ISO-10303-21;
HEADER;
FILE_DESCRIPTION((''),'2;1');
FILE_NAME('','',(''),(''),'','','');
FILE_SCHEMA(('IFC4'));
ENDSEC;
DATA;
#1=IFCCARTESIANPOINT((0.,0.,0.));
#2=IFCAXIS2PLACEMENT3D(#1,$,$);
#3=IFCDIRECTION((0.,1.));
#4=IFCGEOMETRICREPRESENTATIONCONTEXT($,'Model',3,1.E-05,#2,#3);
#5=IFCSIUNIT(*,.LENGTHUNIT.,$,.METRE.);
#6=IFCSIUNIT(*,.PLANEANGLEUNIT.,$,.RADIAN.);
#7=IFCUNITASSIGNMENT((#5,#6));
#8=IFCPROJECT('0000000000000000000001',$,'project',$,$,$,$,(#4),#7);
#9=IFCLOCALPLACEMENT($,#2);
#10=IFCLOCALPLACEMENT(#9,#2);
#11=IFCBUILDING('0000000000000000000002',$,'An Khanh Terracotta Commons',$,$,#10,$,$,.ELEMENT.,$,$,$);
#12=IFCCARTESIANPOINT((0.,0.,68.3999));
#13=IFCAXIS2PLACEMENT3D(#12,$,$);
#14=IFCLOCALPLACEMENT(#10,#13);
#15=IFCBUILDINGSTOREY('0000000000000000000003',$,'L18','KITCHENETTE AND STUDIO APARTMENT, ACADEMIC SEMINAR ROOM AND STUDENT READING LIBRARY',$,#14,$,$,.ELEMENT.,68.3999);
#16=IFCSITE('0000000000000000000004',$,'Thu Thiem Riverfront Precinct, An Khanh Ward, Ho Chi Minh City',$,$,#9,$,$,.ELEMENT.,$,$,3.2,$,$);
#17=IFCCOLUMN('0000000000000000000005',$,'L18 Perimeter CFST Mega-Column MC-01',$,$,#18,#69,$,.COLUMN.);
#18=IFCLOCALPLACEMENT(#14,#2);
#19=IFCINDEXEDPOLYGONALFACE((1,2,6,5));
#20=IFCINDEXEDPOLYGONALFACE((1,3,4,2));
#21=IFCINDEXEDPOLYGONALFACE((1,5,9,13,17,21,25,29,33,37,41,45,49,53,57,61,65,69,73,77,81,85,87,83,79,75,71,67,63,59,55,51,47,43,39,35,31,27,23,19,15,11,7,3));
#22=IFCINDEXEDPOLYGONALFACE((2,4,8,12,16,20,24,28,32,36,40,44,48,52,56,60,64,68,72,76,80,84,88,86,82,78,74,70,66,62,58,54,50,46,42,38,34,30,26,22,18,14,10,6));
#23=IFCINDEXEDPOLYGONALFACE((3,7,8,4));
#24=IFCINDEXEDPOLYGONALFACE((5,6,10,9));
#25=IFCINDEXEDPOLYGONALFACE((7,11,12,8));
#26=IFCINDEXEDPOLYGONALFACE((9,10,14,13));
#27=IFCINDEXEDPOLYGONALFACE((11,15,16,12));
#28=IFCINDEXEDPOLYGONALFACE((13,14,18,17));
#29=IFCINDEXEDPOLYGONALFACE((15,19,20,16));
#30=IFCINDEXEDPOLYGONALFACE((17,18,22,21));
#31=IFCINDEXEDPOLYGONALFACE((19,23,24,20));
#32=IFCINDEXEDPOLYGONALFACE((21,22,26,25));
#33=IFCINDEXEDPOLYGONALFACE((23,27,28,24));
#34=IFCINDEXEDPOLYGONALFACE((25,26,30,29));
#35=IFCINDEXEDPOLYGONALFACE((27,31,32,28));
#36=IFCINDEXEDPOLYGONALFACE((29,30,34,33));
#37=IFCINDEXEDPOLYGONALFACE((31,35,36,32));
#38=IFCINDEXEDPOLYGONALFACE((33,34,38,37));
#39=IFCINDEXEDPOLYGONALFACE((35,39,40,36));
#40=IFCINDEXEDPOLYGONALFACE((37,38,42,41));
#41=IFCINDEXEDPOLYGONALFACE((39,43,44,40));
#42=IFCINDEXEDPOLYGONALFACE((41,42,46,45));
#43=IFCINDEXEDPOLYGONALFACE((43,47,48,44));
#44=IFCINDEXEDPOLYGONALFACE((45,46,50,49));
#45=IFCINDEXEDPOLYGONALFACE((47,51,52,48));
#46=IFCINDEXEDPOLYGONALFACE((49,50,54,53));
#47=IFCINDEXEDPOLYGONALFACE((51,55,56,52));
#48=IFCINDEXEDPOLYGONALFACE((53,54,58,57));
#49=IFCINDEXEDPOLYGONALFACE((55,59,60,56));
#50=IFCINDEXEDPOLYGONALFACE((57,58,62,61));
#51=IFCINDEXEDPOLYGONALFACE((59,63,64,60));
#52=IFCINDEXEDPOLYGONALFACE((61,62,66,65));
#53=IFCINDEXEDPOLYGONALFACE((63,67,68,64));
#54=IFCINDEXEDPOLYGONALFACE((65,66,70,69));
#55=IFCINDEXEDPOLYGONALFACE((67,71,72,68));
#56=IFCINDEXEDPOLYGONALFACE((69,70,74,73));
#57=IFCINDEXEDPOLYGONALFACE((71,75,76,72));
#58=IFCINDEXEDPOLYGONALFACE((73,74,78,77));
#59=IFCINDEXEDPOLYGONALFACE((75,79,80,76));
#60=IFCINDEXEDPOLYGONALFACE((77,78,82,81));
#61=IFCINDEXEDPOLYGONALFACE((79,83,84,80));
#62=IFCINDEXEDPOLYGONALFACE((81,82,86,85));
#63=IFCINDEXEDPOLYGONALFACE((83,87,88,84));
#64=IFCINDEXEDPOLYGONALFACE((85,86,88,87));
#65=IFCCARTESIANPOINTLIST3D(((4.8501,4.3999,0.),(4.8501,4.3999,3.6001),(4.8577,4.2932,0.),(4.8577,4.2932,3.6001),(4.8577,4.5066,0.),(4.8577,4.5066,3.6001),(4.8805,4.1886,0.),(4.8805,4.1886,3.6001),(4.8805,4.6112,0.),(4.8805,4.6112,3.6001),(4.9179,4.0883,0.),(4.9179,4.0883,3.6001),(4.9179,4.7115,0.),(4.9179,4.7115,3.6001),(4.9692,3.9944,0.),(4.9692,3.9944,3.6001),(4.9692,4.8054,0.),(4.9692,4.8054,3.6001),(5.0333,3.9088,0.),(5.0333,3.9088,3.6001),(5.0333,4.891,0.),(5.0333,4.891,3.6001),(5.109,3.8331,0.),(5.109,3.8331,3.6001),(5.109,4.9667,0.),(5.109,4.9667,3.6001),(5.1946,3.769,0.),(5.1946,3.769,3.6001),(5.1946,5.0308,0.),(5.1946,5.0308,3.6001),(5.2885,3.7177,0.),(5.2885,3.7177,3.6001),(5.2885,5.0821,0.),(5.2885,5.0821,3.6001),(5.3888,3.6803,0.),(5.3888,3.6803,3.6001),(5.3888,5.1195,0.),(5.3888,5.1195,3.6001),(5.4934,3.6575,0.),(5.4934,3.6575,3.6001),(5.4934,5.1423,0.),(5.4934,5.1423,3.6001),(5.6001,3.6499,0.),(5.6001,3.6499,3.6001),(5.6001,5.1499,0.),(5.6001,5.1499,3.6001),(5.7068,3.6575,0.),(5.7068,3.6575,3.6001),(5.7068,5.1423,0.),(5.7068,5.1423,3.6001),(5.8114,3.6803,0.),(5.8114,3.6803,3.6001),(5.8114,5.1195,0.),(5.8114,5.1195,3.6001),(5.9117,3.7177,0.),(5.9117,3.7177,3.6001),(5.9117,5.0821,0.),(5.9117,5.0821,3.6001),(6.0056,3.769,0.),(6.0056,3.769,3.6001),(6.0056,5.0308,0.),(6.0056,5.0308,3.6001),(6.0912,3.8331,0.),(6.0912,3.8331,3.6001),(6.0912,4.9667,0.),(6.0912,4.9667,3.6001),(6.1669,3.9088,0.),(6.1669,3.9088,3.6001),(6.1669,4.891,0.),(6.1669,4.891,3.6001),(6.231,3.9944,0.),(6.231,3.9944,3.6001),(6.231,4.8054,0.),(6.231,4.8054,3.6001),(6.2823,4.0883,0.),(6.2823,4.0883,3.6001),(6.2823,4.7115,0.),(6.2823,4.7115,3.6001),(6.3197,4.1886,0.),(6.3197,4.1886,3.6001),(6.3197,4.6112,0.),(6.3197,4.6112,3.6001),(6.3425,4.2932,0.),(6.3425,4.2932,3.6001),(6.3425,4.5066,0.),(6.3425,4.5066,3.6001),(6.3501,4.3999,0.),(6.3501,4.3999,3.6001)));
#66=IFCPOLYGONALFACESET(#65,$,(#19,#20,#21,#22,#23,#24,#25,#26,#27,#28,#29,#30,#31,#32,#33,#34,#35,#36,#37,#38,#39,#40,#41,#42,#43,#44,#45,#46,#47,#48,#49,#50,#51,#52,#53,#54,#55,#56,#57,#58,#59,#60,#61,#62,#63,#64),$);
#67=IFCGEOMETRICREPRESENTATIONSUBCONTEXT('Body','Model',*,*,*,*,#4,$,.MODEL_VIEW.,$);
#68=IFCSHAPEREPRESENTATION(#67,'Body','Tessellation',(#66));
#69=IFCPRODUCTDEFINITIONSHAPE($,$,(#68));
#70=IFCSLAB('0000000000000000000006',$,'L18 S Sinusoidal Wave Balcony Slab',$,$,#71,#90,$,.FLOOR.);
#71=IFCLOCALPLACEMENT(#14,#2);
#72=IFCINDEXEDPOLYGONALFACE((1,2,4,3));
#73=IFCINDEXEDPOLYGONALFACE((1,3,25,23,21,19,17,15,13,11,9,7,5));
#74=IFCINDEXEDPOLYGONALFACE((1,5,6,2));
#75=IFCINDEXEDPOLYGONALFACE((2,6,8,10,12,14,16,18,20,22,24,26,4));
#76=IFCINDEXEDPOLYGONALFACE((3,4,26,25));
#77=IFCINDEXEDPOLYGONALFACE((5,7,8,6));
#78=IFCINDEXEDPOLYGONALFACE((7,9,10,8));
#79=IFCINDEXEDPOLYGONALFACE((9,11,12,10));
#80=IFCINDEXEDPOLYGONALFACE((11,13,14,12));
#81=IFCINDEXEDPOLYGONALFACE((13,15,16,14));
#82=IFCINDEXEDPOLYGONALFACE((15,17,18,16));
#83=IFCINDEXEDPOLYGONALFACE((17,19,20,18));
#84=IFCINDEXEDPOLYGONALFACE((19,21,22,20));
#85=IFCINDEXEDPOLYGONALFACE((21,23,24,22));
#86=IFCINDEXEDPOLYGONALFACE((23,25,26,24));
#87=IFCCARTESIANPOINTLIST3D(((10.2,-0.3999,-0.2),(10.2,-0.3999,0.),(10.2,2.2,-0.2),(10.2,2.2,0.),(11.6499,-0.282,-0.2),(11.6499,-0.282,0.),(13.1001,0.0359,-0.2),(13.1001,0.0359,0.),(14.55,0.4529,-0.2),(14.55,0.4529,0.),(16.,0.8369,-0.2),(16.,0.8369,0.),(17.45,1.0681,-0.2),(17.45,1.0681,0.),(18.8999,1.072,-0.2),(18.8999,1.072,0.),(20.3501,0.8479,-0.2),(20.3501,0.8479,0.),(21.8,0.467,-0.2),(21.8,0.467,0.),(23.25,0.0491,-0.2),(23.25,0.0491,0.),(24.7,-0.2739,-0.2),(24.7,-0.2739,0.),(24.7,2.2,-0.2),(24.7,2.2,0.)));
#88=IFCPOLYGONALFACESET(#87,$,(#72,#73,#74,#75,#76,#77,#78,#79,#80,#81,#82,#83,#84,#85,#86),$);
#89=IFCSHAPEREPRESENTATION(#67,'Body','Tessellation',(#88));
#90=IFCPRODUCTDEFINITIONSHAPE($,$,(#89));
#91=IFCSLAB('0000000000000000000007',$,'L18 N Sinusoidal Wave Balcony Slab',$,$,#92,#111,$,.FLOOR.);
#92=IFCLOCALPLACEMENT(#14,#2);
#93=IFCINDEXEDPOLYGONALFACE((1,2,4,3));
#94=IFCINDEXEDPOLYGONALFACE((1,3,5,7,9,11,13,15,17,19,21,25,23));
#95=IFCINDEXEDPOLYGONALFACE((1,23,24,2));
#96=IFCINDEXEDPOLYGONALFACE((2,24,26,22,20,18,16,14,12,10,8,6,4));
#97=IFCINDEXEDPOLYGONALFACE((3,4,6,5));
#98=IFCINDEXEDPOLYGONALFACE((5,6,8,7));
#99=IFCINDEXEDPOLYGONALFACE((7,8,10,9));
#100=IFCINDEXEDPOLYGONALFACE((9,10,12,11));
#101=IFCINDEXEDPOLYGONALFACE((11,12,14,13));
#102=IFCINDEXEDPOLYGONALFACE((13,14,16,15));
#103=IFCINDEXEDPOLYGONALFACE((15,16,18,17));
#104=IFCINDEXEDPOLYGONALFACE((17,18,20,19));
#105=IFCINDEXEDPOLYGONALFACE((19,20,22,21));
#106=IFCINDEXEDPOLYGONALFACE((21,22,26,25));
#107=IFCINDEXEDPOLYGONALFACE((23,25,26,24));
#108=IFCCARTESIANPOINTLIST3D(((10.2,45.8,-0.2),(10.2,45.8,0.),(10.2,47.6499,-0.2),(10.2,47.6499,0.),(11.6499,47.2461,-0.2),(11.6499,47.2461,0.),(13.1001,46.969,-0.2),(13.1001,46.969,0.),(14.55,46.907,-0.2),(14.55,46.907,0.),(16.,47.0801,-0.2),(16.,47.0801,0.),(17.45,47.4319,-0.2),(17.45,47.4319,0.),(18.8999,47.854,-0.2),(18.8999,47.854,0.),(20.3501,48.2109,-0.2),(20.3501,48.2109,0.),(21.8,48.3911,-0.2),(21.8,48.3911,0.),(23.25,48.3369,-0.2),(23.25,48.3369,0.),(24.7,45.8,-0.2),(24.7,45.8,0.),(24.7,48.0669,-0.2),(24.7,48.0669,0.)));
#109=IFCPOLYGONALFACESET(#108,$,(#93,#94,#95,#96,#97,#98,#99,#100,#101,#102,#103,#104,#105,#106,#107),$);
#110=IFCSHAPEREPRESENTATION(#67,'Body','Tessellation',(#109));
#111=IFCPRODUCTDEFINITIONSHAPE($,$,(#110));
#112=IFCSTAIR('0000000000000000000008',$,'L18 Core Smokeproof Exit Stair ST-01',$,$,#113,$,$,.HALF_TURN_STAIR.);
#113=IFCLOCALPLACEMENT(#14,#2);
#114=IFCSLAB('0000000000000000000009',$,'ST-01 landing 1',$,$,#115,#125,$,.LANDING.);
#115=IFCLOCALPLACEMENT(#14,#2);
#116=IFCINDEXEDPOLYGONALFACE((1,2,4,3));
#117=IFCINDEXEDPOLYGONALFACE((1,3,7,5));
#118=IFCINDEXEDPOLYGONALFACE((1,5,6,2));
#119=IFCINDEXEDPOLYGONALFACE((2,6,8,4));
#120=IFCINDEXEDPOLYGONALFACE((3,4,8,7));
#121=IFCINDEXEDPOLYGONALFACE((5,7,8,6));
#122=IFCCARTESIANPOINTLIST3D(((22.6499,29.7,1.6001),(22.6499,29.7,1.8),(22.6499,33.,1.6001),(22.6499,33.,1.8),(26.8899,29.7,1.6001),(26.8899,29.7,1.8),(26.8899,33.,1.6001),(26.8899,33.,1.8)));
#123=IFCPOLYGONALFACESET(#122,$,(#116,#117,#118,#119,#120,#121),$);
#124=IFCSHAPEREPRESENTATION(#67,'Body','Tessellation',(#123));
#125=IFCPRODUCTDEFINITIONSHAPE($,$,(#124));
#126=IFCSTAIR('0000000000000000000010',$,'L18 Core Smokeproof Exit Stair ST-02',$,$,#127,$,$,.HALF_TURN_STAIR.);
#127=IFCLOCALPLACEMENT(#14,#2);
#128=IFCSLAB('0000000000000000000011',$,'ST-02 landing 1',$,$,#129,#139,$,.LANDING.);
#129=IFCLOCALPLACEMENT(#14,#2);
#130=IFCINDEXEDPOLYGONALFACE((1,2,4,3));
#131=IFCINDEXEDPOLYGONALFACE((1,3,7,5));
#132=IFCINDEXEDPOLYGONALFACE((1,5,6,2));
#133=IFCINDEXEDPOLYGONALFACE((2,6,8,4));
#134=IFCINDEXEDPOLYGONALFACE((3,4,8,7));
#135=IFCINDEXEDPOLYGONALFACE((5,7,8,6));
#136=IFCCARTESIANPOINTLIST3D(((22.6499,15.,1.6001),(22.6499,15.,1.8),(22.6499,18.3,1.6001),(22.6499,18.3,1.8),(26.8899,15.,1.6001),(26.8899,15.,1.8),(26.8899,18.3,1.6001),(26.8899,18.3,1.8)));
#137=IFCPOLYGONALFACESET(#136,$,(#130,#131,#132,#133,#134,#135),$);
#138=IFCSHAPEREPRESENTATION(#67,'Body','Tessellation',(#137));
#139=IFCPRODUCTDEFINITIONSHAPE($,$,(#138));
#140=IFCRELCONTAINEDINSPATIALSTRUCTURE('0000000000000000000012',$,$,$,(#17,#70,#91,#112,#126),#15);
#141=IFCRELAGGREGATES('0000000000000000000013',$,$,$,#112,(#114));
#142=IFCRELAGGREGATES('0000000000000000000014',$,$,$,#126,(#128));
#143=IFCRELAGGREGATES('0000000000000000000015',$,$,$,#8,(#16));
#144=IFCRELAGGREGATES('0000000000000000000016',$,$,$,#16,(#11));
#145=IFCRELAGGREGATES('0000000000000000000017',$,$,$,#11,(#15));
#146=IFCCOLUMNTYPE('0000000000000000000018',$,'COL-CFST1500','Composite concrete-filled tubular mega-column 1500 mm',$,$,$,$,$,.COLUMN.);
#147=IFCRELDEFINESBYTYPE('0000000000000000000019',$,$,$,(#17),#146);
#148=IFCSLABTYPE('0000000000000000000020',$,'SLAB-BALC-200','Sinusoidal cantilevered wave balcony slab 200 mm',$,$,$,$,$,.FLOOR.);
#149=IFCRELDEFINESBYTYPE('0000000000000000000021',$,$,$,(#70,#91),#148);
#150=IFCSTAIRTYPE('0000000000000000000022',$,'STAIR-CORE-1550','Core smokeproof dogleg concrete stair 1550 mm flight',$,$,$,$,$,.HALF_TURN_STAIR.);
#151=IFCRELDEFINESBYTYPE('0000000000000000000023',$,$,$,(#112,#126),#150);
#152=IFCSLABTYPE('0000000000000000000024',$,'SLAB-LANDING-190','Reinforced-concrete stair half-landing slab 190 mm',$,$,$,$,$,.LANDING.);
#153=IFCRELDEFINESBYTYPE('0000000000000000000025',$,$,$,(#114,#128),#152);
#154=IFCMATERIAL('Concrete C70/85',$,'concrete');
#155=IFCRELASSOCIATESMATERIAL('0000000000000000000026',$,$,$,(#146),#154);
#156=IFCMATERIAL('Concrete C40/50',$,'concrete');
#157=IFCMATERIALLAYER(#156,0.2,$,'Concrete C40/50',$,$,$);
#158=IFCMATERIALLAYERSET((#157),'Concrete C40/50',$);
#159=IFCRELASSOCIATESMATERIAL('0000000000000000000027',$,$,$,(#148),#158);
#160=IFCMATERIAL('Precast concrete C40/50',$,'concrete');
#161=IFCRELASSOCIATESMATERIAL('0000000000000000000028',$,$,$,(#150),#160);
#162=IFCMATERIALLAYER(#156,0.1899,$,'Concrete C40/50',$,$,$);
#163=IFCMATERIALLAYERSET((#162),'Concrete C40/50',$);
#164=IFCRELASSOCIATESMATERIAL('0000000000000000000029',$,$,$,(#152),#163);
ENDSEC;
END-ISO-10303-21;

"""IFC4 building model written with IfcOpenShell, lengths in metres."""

from ifc_helpers import new_model, si_unit, direction, frame, origin, origin_2d, place, context, subcontext, project, spatial, polyline, circle, outline, extrude, material, layer, layer_set, material_profile, profile_set, type_object, element, aggregate, save


model = new_model("IFC4")

# Units and contexts
model_context = context("Model", 3, precision=1e-05, world=origin(), true_north=direction((0.0, 1.0)))
body_context = subcontext(model_context, "Body", "Model", "MODEL_VIEW")
ifc_project = project(units=[si_unit("LENGTHUNIT", "METRE"), si_unit("PLANEANGLEUNIT", "RADIAN")], contexts=[model_context])

# Site, building, storey
site_placement = place(None, origin())
site = spatial("IfcSite", under=ifc_project, at=site_placement, Name="Thu Thiem Riverfront Precinct, An Khanh Ward, Ho Chi Minh City", CompositionType="ELEMENT", RefElevation=3.2)
building_placement = place(site_placement, origin())
building = spatial("IfcBuilding", under=site, at=building_placement, Name="An Khanh Terracotta Commons", CompositionType="ELEMENT")
storey_placement = place(building_placement, frame((0.0, 0.0, 68.3999)))
storey = spatial("IfcBuildingStorey", under=building, at=storey_placement, Name="L18", Description="KITCHENETTE AND STUDIO APARTMENT, ACADEMIC SEMINAR ROOM AND STUDENT READING LIBRARY", CompositionType="ELEMENT", Elevation=68.3999)

# Column
ifc_material_1 = material(Name="Concrete C70/85", Category="concrete")
ifc_material_profile = material_profile(ifc_material_1, circle(Radius=0.75, at=origin_2d()), Name="CFST1500")
ifc_profile_set = profile_set([ifc_material_profile], Name="Concrete C70/85")
column_type = type_object("IfcColumnType", Name="COL-CFST1500", Description="Composite concrete-filled tubular mega-column 1500 mm", PredefinedType="COLUMN", material=ifc_profile_set)
column_placement = place(storey_placement, frame((5.6001, 4.3999, 0.0), z_axis=(0.0, 0.0, 1.0), x_axis=(1.0, 0.0, 0.0)))
element("IfcColumn", 1, at=column_placement, inside=storey, type_object=column_type, Name="L18 Perimeter CFST Mega-Column MC-01", PredefinedType="COLUMN", context=body_context, shape_type="SweptSolid", body=[
    extrude(circle(Radius=0.75, at=origin_2d()), origin(), (0.0, 0.0, 1.0), 3.6001),
])

# Slabs
ifc_material_2 = material(Name="Concrete C40/50", Category="concrete")
ifc_layer_1 = layer(ifc_material_2, 0.2, Name="Concrete C40/50")
ifc_layer_set_1 = layer_set([ifc_layer_1], Name="Concrete C40/50")
slab_type_1 = type_object("IfcSlabType", Name="SLAB-BALC-200", Description="Sinusoidal cantilevered wave balcony slab 200 mm", PredefinedType="FLOOR", material=ifc_layer_set_1)
slab_1_placement = place(storey_placement, frame((0.0, 0.0, -0.2)))
element("IfcSlab", 2, at=slab_1_placement, inside=storey, type_object=slab_type_1, Name="L18 S Sinusoidal Wave Balcony Slab", PredefinedType="FLOOR", context=body_context, shape_type="SweptSolid", body=[
    extrude(outline(polyline([(10.2, 2.2), (10.2, -0.3999), (11.6499, -0.282), (13.1001, 0.0359), (14.55, 0.4529), (16.0, 0.8369), (17.45, 1.0681), (18.8999, 1.072), (20.3501, 0.8479), (21.8, 0.467), (23.25, 0.0491), (24.7, -0.2739), (24.7, 2.2), (10.2, 2.2)])), origin(), (0.0, 0.0, 1.0), 0.2),
])
slab_2_placement = place(storey_placement, frame((0.0, 0.0, -0.2)))
element("IfcSlab", 3, at=slab_2_placement, inside=storey, type_object=slab_type_1, Name="L18 N Sinusoidal Wave Balcony Slab", PredefinedType="FLOOR", context=body_context, shape_type="SweptSolid", body=[
    extrude(outline(polyline([(24.7, 45.8), (24.7, 48.0669), (23.25, 48.3369), (21.8, 48.3911), (20.3501, 48.2109), (18.8999, 47.854), (17.45, 47.4319), (16.0, 47.0801), (14.55, 46.907), (13.1001, 46.969), (11.6499, 47.2461), (10.2, 47.6499), (10.2, 45.8), (24.7, 45.8)])), origin(), (0.0, 0.0, 1.0), 0.2),
])

# Stairs, slabs
ifc_material_3 = material(Name="Precast concrete C40/50", Category="concrete")
stair_type = type_object("IfcStairType", Name="STAIR-CORE-1550", Description="Core smokeproof dogleg concrete stair 1550 mm flight", PredefinedType="HALF_TURN_STAIR", material=ifc_material_3)
stair_1_placement = place(storey_placement, origin())
stair_1 = element("IfcStair", 4, at=stair_1_placement, inside=storey, type_object=stair_type, Name="L18 Core Smokeproof Exit Stair ST-01", PredefinedType="HALF_TURN_STAIR")
ifc_layer_2 = layer(ifc_material_2, 0.1899, Name="Concrete C40/50")
ifc_layer_set_2 = layer_set([ifc_layer_2], Name="Concrete C40/50")
slab_type_2 = type_object("IfcSlabType", Name="SLAB-LANDING-190", Description="Reinforced-concrete stair half-landing slab 190 mm", PredefinedType="LANDING", material=ifc_layer_set_2)
slab_3_placement = place(storey_placement, frame((0.0, 0.0, 1.6001)))
slab_3 = element("IfcSlab", 5, at=slab_3_placement, type_object=slab_type_2, Name="ST-01 landing 1", PredefinedType="LANDING", context=body_context, shape_type="SweptSolid", body=[
    extrude(outline(polyline([(26.8899, 33.0), (22.6499, 33.0), (22.6499, 29.7), (26.8899, 29.7), (26.8899, 33.0)])), origin(), (0.0, 0.0, 1.0), 0.2),
])
aggregate(stair_1, [slab_3])
stair_2_placement = place(storey_placement, origin())
stair_2 = element("IfcStair", 6, at=stair_2_placement, inside=storey, type_object=stair_type, Name="L18 Core Smokeproof Exit Stair ST-02", PredefinedType="HALF_TURN_STAIR")
slab_4_placement = place(storey_placement, frame((0.0, 0.0, 1.6001)))
slab_4 = element("IfcSlab", 7, at=slab_4_placement, type_object=slab_type_2, Name="ST-02 landing 1", PredefinedType="LANDING", context=body_context, shape_type="SweptSolid", body=[
    extrude(outline(polyline([(26.8899, 18.3), (22.6499, 18.3), (22.6499, 15.0), (26.8899, 15.0), (26.8899, 18.3)])), origin(), (0.0, 0.0, 1.0), 0.2),
])
aggregate(stair_2, [slab_4])

save(model, "model.ifc")
